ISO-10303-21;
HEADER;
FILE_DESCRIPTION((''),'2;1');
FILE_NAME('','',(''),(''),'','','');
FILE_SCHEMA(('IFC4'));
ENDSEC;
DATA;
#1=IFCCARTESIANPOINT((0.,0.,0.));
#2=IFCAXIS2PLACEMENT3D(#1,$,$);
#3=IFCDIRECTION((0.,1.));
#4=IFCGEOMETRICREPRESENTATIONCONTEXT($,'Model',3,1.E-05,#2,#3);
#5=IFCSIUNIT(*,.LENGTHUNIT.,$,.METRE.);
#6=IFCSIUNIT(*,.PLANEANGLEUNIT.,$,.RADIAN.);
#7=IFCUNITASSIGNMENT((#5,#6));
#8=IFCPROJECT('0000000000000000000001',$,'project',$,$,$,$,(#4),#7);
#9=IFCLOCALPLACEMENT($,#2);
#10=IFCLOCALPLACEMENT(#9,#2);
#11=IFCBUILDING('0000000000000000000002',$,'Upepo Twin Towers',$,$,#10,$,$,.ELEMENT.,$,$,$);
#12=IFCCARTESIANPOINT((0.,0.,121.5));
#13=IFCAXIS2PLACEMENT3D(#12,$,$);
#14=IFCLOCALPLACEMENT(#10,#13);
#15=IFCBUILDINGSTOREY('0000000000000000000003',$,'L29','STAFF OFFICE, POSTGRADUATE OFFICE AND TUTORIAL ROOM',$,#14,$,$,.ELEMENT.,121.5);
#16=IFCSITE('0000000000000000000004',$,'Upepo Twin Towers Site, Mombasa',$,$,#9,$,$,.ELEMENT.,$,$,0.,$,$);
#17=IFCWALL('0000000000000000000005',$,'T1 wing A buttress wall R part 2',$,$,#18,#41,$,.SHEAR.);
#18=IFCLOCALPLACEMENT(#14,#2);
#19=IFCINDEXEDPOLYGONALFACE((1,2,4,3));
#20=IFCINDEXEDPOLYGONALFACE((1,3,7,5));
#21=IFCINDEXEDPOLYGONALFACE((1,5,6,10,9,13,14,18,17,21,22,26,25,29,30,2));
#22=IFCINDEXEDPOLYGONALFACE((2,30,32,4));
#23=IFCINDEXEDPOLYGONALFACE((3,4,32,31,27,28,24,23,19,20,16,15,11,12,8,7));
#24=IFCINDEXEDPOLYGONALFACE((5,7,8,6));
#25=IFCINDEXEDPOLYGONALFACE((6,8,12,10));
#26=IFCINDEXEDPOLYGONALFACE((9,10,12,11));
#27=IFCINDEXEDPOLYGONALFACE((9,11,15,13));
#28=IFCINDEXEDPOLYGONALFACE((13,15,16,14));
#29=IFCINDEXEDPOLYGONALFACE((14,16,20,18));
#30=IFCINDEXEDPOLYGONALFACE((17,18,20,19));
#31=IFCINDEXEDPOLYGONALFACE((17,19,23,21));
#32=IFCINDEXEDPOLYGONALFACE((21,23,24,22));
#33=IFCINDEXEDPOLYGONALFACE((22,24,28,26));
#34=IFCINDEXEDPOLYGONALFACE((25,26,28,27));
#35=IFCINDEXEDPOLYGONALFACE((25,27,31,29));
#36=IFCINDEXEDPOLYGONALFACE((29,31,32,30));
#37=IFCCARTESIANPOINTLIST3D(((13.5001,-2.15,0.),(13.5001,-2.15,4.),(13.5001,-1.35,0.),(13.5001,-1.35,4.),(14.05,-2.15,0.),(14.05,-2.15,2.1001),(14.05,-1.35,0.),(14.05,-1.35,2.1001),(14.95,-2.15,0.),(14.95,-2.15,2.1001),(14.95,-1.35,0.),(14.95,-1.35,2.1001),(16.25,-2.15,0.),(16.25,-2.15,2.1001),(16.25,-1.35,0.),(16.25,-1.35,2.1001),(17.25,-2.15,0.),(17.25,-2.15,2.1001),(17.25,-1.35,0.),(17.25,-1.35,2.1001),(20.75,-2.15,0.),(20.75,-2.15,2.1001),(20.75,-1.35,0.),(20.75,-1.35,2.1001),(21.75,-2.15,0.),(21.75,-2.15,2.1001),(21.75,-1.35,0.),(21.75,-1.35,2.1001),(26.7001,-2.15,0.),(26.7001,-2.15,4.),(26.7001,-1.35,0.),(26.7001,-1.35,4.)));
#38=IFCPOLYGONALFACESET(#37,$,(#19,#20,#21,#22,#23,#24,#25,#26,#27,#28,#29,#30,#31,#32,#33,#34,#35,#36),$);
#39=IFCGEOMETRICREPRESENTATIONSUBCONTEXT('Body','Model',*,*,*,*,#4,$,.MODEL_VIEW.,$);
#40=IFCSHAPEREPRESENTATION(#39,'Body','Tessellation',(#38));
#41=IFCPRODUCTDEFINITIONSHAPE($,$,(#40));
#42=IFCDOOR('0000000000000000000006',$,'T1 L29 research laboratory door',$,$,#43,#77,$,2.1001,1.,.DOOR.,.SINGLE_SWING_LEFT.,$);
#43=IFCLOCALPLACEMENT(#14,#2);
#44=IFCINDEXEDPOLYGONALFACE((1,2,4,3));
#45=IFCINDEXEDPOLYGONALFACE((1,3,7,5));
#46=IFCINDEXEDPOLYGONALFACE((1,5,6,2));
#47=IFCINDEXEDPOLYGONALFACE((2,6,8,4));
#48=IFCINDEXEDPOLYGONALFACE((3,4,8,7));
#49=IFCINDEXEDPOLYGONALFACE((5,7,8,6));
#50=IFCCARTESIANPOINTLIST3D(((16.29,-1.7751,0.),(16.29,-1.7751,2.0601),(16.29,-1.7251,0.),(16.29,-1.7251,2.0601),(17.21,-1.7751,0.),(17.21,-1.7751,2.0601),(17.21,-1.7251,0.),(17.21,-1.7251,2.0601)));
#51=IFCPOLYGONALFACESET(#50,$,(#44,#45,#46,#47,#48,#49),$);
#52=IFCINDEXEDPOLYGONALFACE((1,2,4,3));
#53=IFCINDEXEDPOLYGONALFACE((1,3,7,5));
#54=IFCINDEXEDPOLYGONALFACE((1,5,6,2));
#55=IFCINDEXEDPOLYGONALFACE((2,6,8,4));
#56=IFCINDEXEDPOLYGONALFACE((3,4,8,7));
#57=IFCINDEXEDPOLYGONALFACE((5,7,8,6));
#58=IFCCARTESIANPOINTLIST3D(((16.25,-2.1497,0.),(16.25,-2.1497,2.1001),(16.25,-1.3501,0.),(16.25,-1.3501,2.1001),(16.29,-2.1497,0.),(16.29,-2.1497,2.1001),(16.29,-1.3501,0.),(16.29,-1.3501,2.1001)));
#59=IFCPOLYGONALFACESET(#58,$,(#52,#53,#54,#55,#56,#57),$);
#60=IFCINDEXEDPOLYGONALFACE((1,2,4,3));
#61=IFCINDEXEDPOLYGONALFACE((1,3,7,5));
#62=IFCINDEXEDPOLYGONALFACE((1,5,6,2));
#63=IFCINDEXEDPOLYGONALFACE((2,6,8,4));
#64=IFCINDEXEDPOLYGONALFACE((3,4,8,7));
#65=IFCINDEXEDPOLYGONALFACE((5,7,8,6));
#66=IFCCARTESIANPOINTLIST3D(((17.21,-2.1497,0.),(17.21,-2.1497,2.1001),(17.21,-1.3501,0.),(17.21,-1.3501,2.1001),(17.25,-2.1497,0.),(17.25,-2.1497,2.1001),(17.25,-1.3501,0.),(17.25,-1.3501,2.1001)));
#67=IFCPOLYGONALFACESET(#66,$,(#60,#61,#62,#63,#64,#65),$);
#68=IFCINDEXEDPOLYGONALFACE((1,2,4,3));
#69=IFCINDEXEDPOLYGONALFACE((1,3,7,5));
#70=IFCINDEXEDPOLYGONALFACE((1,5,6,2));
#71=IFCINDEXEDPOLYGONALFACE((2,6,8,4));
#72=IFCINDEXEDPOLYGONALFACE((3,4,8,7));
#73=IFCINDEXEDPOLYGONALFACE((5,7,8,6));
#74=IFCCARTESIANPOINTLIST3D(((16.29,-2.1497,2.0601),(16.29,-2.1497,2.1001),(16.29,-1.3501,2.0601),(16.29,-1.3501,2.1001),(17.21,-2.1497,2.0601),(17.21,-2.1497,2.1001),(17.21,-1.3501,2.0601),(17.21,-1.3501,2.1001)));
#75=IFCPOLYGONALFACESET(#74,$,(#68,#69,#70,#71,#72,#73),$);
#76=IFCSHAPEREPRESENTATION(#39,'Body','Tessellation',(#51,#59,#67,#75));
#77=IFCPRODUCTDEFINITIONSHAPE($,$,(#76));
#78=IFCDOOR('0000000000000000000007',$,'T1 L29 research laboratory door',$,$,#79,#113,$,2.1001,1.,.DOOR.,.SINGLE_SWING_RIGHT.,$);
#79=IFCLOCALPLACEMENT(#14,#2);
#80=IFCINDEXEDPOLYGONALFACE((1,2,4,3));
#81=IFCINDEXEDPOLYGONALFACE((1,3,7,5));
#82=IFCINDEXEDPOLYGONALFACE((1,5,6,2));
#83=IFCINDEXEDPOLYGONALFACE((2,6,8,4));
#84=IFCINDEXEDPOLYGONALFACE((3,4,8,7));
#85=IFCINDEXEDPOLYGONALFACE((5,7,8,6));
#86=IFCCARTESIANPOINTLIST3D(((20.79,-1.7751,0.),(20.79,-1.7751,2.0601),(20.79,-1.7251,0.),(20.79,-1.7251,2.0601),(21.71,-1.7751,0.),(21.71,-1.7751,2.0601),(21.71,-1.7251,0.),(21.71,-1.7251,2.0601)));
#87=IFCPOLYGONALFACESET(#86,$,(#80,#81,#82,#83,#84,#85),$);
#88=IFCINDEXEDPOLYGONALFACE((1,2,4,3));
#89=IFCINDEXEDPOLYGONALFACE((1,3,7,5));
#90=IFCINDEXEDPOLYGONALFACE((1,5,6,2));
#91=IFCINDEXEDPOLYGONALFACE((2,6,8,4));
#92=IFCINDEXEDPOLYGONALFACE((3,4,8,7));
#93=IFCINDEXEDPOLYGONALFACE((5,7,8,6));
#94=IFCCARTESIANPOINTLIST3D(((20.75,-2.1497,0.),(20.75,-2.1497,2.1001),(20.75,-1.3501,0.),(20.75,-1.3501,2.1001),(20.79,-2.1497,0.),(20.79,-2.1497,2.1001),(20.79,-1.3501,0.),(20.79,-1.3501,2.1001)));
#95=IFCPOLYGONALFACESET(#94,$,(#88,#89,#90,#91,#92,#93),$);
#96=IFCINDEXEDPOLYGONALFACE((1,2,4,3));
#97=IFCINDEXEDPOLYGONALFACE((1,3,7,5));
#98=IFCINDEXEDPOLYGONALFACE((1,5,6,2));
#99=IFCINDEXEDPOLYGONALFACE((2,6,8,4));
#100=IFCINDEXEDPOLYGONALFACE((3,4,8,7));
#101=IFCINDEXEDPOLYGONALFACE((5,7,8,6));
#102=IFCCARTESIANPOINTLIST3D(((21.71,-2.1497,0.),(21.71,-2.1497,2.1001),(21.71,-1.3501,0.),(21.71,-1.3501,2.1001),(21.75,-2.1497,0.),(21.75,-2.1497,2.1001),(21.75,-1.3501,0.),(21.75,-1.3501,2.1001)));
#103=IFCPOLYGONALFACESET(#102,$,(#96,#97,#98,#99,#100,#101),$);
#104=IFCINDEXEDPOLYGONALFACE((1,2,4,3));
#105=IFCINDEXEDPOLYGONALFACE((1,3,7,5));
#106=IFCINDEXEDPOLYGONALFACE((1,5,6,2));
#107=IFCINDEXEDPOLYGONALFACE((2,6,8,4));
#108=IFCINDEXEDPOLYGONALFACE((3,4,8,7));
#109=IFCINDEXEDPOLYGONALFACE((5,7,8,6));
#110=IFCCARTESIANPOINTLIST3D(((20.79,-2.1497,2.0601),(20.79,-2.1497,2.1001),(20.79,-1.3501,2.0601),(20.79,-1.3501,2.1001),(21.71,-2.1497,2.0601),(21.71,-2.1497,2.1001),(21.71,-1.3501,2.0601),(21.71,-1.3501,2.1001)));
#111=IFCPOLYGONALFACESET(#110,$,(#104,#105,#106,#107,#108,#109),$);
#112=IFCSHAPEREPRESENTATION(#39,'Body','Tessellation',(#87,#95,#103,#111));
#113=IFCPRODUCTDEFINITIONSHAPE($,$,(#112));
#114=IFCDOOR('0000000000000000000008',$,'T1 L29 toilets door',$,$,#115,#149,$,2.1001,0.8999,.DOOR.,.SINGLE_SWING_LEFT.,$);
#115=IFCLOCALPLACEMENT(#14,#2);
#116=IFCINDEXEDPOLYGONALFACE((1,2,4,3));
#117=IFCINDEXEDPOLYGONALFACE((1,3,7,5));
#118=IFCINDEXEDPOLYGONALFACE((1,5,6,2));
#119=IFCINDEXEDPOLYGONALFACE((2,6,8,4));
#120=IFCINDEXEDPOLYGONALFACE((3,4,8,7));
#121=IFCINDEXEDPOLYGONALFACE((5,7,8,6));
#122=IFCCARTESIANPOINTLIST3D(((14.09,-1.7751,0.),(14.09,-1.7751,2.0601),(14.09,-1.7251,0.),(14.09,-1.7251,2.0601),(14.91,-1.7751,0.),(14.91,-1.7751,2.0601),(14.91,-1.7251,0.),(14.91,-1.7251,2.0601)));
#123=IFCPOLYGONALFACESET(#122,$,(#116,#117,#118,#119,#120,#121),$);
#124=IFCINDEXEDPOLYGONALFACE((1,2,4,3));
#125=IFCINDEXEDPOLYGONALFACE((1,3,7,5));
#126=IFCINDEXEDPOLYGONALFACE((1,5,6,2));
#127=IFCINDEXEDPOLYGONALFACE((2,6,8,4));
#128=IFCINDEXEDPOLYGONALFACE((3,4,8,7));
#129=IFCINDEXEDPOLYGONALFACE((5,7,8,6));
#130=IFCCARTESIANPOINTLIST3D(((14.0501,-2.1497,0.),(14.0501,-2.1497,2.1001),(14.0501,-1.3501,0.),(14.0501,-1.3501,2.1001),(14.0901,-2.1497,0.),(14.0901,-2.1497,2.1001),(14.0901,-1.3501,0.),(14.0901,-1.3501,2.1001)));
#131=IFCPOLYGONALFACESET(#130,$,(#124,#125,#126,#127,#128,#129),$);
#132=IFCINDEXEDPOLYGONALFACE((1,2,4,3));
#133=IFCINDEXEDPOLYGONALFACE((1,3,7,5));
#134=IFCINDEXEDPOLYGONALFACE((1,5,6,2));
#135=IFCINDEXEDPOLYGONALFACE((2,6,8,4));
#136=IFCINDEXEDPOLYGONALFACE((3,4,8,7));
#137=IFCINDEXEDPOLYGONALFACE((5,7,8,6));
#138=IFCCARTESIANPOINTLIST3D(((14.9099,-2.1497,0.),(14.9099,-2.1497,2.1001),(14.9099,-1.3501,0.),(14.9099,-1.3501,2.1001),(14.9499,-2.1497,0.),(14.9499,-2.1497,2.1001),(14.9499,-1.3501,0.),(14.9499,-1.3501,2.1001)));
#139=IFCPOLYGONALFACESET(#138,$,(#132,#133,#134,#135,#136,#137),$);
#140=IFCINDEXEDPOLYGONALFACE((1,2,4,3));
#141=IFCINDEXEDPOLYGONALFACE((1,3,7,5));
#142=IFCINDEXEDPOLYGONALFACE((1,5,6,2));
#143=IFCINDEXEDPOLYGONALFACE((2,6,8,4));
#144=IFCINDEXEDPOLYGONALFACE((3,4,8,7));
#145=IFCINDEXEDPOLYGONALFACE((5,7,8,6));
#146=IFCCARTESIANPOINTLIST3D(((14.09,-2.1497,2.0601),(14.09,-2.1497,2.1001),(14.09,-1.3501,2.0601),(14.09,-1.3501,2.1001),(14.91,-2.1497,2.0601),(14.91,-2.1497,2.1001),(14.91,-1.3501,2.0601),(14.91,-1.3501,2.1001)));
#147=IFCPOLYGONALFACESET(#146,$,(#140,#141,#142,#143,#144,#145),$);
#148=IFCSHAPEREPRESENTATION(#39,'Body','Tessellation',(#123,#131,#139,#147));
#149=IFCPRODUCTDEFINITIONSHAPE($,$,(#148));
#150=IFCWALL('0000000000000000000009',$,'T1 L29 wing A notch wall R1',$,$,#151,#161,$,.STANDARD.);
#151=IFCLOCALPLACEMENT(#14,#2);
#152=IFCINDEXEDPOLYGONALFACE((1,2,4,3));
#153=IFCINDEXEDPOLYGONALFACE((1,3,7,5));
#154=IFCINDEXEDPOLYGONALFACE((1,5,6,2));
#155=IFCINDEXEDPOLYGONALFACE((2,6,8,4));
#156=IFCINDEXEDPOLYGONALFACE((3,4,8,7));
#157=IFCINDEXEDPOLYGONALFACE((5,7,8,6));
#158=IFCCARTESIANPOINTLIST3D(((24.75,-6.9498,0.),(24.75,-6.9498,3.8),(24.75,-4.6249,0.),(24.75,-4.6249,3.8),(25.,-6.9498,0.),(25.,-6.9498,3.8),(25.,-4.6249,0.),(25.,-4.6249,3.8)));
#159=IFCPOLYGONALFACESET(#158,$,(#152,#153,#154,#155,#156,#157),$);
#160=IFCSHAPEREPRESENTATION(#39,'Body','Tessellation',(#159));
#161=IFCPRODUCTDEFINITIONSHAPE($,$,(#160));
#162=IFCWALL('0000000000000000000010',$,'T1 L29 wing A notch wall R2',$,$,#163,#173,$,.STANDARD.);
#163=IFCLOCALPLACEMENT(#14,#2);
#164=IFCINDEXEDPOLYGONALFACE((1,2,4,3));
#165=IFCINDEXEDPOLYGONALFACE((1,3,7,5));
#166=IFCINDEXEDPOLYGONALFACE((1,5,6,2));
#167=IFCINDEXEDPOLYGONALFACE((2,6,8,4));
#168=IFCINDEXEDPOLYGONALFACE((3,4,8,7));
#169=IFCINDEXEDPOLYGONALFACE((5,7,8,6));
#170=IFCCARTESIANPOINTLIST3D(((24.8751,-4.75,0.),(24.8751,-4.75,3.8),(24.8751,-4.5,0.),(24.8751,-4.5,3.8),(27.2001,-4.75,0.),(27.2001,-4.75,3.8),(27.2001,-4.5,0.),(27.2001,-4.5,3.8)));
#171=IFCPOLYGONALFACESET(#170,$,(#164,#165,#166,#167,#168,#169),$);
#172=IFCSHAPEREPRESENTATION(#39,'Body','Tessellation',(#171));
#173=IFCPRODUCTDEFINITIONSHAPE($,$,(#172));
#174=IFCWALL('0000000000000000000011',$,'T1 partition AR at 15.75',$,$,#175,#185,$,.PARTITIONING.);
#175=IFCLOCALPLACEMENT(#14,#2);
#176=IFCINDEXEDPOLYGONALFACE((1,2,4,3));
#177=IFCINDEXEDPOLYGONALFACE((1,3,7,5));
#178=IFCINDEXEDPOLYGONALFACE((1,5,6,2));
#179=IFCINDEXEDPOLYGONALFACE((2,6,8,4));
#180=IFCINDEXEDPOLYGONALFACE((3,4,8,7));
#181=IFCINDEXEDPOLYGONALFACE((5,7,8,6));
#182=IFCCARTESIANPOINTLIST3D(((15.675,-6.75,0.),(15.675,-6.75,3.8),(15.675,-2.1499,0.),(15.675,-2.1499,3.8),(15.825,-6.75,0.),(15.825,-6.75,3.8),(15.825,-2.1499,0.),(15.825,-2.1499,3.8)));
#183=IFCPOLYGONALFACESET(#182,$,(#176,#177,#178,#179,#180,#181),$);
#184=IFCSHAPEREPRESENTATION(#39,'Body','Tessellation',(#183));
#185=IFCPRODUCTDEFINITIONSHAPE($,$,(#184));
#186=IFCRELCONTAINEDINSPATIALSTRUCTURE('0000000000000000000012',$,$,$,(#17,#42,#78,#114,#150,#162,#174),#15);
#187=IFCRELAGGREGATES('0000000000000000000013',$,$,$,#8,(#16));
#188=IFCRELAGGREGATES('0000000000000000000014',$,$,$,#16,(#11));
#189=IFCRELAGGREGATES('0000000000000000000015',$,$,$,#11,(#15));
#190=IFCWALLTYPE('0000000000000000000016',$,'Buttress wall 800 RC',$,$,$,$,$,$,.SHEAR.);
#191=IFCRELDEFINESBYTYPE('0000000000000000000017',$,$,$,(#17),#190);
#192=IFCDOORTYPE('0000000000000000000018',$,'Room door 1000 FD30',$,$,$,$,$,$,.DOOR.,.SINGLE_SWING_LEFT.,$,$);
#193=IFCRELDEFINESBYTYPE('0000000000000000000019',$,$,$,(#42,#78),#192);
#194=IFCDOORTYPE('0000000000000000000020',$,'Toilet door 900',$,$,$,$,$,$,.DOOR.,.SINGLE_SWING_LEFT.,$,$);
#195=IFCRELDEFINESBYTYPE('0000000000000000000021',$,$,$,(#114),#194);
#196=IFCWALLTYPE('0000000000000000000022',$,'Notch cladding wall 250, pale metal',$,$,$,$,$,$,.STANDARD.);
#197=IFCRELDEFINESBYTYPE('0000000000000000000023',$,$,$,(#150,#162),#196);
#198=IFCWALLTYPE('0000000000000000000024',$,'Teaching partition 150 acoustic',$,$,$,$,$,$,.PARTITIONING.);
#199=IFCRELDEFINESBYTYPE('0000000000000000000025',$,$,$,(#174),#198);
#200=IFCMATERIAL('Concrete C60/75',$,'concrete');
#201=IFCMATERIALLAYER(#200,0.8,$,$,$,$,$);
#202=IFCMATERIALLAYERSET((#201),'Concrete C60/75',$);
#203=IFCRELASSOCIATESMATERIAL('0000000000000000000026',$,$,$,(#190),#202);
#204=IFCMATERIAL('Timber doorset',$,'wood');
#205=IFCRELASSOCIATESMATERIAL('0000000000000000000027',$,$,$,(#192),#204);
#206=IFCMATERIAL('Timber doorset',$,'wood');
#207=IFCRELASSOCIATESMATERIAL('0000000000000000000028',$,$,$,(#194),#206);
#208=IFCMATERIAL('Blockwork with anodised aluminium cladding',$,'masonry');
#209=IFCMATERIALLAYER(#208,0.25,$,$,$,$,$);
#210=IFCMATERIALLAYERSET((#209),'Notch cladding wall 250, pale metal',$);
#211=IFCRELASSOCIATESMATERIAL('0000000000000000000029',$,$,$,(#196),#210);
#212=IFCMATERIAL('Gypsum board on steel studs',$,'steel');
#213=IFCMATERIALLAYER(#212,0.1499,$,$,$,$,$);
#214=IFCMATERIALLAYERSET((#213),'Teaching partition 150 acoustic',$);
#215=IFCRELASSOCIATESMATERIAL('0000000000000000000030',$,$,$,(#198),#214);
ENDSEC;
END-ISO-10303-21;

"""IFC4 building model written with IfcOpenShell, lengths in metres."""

from ifc_helpers import new_model, si_unit, direction, frame, frame_2d, origin, place, context, subcontext, project, spatial, rectangle, extrude, material, layer, layer_set, type_object, element, fill, save


model = new_model("IFC4")

# Units and contexts
model_context = context("Model", 3, precision=1e-05, world=origin(), true_north=direction((0.0, 1.0)))
body_context = subcontext(model_context, "Body", "Model", "MODEL_VIEW")
ifc_project = project(units=[si_unit("LENGTHUNIT", "METRE"), si_unit("PLANEANGLEUNIT", "RADIAN")], contexts=[model_context])

# Site, building, storey
site_placement = place(None, origin())
site = spatial("IfcSite", under=ifc_project, at=site_placement, Name="Upepo Twin Towers Site, Mombasa", CompositionType="ELEMENT", RefElevation=0.0)
building_placement = place(site_placement, origin())
building = spatial("IfcBuilding", under=site, at=building_placement, Name="Upepo Twin Towers", CompositionType="ELEMENT")
storey_placement = place(building_placement, frame((0.0, 0.0, 121.5)))
storey = spatial("IfcBuildingStorey", under=building, at=storey_placement, Name="L29", Description="STAFF OFFICE, POSTGRADUATE OFFICE AND TUTORIAL ROOM", CompositionType="ELEMENT", Elevation=121.5)

# Wall, openings, doors
ifc_material_1 = material(Name="Concrete C60/75", Category="concrete")
ifc_layer_1 = layer(ifc_material_1, 0.8)
ifc_layer_set_1 = layer_set([ifc_layer_1], Name="Concrete C60/75")
wall_type_1 = type_object("IfcWallType", Name="Buttress wall 800 RC", PredefinedType="SHEAR", material=ifc_layer_set_1)
wall_1_placement = place(storey_placement, frame((13.5, -1.75, 0.0), z_axis=(0.0, 0.0, 1.0), x_axis=(1.0, 0.0, 0.0)))
wall_1 = element("IfcWall", 1, at=wall_1_placement, inside=storey, type_object=wall_type_1, Name="T1 wing A buttress wall R part 2", PredefinedType="SHEAR", context=body_context, shape_type="SweptSolid", body=[
    extrude(rectangle(XDim=13.2, YDim=0.8, at=frame_2d((6.6001, 0.0))), origin(), (0.0, 0.0, 1.0), 4.0),
])
opening_1_placement = place(wall_1_placement, frame((0.55, 0.0, 0.0)))
opening_1 = element("IfcOpeningElement", 2, at=opening_1_placement, cuts=wall_1, PredefinedType="OPENING", context=body_context, shape_type="SweptSolid", body=[
    extrude(rectangle(XDim=0.8999, YDim=2.1001, at=frame_2d((0.45, 1.05))), frame((0.0, 0.4099, 0.0), z_axis=(0.0, -1.0, 0.0), x_axis=(1.0, 0.0, 0.0)), (0.0, 0.0, 1.0), 0.8201),
])
opening_2_placement = place(wall_1_placement, frame((2.75, 0.0, 0.0)))
opening_2 = element("IfcOpeningElement", 3, at=opening_2_placement, cuts=wall_1, PredefinedType="OPENING", context=body_context, shape_type="SweptSolid", body=[
    extrude(rectangle(XDim=1.0, YDim=2.1001, at=frame_2d((0.5, 1.05))), frame((0.0, 0.4099, 0.0), z_axis=(0.0, -1.0, 0.0), x_axis=(1.0, 0.0, 0.0)), (0.0, 0.0, 1.0), 0.8201),
])
opening_3_placement = place(wall_1_placement, frame((7.25, 0.0, 0.0)))
opening_3 = element("IfcOpeningElement", 4, at=opening_3_placement, cuts=wall_1, PredefinedType="OPENING", context=body_context, shape_type="SweptSolid", body=[
    extrude(rectangle(XDim=1.0, YDim=2.1001, at=frame_2d((0.5, 1.05))), frame((0.0, 0.4099, 0.0), z_axis=(0.0, -1.0, 0.0), x_axis=(1.0, 0.0, 0.0)), (0.0, 0.0, 1.0), 0.8201),
])
ifc_material_2 = material(Name="Timber doorset", Category="wood")
door_type_1 = type_object("IfcDoorType", Name="Room door 1000 FD30", OperationType="SINGLE_SWING_LEFT", PredefinedType="DOOR", material=ifc_material_2)
door_1_placement = place(opening_2_placement, origin())
door_1 = element("IfcDoor", 5, at=door_1_placement, inside=storey, type_object=door_type_1, Name="T1 L29 research laboratory door", OperationType="SINGLE_SWING_LEFT", OverallHeight=2.1001, OverallWidth=1.0, PredefinedType="DOOR", context=body_context, shape_type="SweptSolid", body=[
    extrude(rectangle(XDim=0.92, YDim=2.0601, at=frame_2d((0.5, 1.03))), frame((0.0, 0.0249, 0.0), z_axis=(0.0, -1.0, 0.0), x_axis=(1.0, 0.0, 0.0)), (0.0, 0.0, 1.0), 0.05),
    extrude(rectangle(XDim=0.04, YDim=2.1001, at=frame_2d((0.02, 1.05))), frame((0.0, 0.3999, 0.0), z_axis=(0.0, -1.0, 0.0), x_axis=(1.0, 0.0, 0.0)), (0.0, 0.0, 1.0), 0.7996),
    extrude(rectangle(XDim=0.04, YDim=2.1001, at=frame_2d((0.98, 1.05))), frame((0.0, 0.3999, 0.0), z_axis=(0.0, -1.0, 0.0), x_axis=(1.0, 0.0, 0.0)), (0.0, 0.0, 1.0), 0.7996),
    extrude(rectangle(XDim=0.92, YDim=0.04, at=frame_2d((0.5, 2.0801))), frame((0.0, 0.3999, 0.0), z_axis=(0.0, -1.0, 0.0), x_axis=(1.0, 0.0, 0.0)), (0.0, 0.0, 1.0), 0.7996),
])
fill(opening_2, door_1)
door_2_placement = place(opening_3_placement, origin())
door_2 = element("IfcDoor", 6, at=door_2_placement, inside=storey, type_object=door_type_1, Name="T1 L29 research laboratory door", OperationType="SINGLE_SWING_RIGHT", OverallHeight=2.1001, OverallWidth=1.0, PredefinedType="DOOR", context=body_context, shape_type="SweptSolid", body=[
    extrude(rectangle(XDim=0.92, YDim=2.0601, at=frame_2d((0.5, 1.03))), frame((0.0, 0.0249, 0.0), z_axis=(0.0, -1.0, 0.0), x_axis=(1.0, 0.0, 0.0)), (0.0, 0.0, 1.0), 0.05),
    extrude(rectangle(XDim=0.04, YDim=2.1001, at=frame_2d((0.02, 1.05))), frame((0.0, 0.3999, 0.0), z_axis=(0.0, -1.0, 0.0), x_axis=(1.0, 0.0, 0.0)), (0.0, 0.0, 1.0), 0.7996),
    extrude(rectangle(XDim=0.04, YDim=2.1001, at=frame_2d((0.98, 1.05))), frame((0.0, 0.3999, 0.0), z_axis=(0.0, -1.0, 0.0), x_axis=(1.0, 0.0, 0.0)), (0.0, 0.0, 1.0), 0.7996),
    extrude(rectangle(XDim=0.92, YDim=0.04, at=frame_2d((0.5, 2.0801))), frame((0.0, 0.3999, 0.0), z_axis=(0.0, -1.0, 0.0), x_axis=(1.0, 0.0, 0.0)), (0.0, 0.0, 1.0), 0.7996),
])
fill(opening_3, door_2)
ifc_material_3 = material(Name="Timber doorset", Category="wood")
door_type_2 = type_object("IfcDoorType", Name="Toilet door 900", OperationType="SINGLE_SWING_LEFT", PredefinedType="DOOR", material=ifc_material_3)
door_3_placement = place(opening_1_placement, origin())
door_3 = element("IfcDoor", 7, at=door_3_placement, inside=storey, type_object=door_type_2, Name="T1 L29 toilets door", OperationType="SINGLE_SWING_LEFT", OverallHeight=2.1001, OverallWidth=0.8999, PredefinedType="DOOR", context=body_context, shape_type="SweptSolid", body=[
    extrude(rectangle(XDim=0.8199, YDim=2.0601, at=frame_2d((0.45, 1.03))), frame((0.0, 0.0249, 0.0), z_axis=(0.0, -1.0, 0.0), x_axis=(1.0, 0.0, 0.0)), (0.0, 0.0, 1.0), 0.05),
    extrude(rectangle(XDim=0.04, YDim=2.1001, at=frame_2d((0.02, 1.05))), frame((0.0, 0.3999, 0.0), z_axis=(0.0, -1.0, 0.0), x_axis=(1.0, 0.0, 0.0)), (0.0, 0.0, 1.0), 0.7996),
    extrude(rectangle(XDim=0.04, YDim=2.1001, at=frame_2d((0.8799, 1.05))), frame((0.0, 0.3999, 0.0), z_axis=(0.0, -1.0, 0.0), x_axis=(1.0, 0.0, 0.0)), (0.0, 0.0, 1.0), 0.7996),
    extrude(rectangle(XDim=0.8199, YDim=0.04, at=frame_2d((0.45, 2.0801))), frame((0.0, 0.3999, 0.0), z_axis=(0.0, -1.0, 0.0), x_axis=(1.0, 0.0, 0.0)), (0.0, 0.0, 1.0), 0.7996),
])
fill(opening_1, door_3)

# Walls
ifc_material_4 = material(Name="Blockwork with anodised aluminium cladding", Category="masonry")
ifc_layer_2 = layer(ifc_material_4, 0.25)
ifc_layer_set_2 = layer_set([ifc_layer_2], Name="Notch cladding wall 250, pale metal")
wall_type_2 = type_object("IfcWallType", Name="Notch cladding wall 250, pale metal", PredefinedType="STANDARD", material=ifc_layer_set_2)
for number, where, z_axis, x_axis, name in (
    (8, (24.875, -6.95, 0.0), (0.0, 0.0, 1.0), (0.0, 1.0, 0.0), "T1 L29 wing A notch wall R1"),
    (9, (24.875, -4.625, 0.0), (0.0, 0.0, 1.0), (1.0, 0.0, 0.0), "T1 L29 wing A notch wall R2"),
):
    element("IfcWall", number, at=place(storey_placement, frame(where, z_axis=z_axis, x_axis=x_axis)), inside=storey, type_object=wall_type_2, Name=name, PredefinedType="STANDARD", context=body_context, shape_type="SweptSolid", body=[
        extrude(rectangle(XDim=2.325, YDim=0.25, at=frame_2d((1.1626, 0.0))), origin(), (0.0, 0.0, 1.0), 3.8),
    ])
ifc_material_5 = material(Name="Gypsum board on steel studs", Category="steel")
ifc_layer_3 = layer(ifc_material_5, 0.1499)
ifc_layer_set_3 = layer_set([ifc_layer_3], Name="Teaching partition 150 acoustic")
wall_type_3 = type_object("IfcWallType", Name="Teaching partition 150 acoustic", PredefinedType="PARTITIONING", material=ifc_layer_set_3)
wall_2_placement = place(storey_placement, frame((15.75, -2.1499, 0.0), z_axis=(0.0, 0.0, 1.0), x_axis=(0.0, -1.0, 0.0)))
element("IfcWall", 10, at=wall_2_placement, inside=storey, type_object=wall_type_3, Name="T1 partition AR at 15.75", PredefinedType="PARTITIONING", context=body_context, shape_type="SweptSolid", body=[
    extrude(rectangle(XDim=4.6001, YDim=0.1499, at=frame_2d((2.3, 0.0))), origin(), (0.0, 0.0, 1.0), 3.8),
])

save(model, "model.ifc")
